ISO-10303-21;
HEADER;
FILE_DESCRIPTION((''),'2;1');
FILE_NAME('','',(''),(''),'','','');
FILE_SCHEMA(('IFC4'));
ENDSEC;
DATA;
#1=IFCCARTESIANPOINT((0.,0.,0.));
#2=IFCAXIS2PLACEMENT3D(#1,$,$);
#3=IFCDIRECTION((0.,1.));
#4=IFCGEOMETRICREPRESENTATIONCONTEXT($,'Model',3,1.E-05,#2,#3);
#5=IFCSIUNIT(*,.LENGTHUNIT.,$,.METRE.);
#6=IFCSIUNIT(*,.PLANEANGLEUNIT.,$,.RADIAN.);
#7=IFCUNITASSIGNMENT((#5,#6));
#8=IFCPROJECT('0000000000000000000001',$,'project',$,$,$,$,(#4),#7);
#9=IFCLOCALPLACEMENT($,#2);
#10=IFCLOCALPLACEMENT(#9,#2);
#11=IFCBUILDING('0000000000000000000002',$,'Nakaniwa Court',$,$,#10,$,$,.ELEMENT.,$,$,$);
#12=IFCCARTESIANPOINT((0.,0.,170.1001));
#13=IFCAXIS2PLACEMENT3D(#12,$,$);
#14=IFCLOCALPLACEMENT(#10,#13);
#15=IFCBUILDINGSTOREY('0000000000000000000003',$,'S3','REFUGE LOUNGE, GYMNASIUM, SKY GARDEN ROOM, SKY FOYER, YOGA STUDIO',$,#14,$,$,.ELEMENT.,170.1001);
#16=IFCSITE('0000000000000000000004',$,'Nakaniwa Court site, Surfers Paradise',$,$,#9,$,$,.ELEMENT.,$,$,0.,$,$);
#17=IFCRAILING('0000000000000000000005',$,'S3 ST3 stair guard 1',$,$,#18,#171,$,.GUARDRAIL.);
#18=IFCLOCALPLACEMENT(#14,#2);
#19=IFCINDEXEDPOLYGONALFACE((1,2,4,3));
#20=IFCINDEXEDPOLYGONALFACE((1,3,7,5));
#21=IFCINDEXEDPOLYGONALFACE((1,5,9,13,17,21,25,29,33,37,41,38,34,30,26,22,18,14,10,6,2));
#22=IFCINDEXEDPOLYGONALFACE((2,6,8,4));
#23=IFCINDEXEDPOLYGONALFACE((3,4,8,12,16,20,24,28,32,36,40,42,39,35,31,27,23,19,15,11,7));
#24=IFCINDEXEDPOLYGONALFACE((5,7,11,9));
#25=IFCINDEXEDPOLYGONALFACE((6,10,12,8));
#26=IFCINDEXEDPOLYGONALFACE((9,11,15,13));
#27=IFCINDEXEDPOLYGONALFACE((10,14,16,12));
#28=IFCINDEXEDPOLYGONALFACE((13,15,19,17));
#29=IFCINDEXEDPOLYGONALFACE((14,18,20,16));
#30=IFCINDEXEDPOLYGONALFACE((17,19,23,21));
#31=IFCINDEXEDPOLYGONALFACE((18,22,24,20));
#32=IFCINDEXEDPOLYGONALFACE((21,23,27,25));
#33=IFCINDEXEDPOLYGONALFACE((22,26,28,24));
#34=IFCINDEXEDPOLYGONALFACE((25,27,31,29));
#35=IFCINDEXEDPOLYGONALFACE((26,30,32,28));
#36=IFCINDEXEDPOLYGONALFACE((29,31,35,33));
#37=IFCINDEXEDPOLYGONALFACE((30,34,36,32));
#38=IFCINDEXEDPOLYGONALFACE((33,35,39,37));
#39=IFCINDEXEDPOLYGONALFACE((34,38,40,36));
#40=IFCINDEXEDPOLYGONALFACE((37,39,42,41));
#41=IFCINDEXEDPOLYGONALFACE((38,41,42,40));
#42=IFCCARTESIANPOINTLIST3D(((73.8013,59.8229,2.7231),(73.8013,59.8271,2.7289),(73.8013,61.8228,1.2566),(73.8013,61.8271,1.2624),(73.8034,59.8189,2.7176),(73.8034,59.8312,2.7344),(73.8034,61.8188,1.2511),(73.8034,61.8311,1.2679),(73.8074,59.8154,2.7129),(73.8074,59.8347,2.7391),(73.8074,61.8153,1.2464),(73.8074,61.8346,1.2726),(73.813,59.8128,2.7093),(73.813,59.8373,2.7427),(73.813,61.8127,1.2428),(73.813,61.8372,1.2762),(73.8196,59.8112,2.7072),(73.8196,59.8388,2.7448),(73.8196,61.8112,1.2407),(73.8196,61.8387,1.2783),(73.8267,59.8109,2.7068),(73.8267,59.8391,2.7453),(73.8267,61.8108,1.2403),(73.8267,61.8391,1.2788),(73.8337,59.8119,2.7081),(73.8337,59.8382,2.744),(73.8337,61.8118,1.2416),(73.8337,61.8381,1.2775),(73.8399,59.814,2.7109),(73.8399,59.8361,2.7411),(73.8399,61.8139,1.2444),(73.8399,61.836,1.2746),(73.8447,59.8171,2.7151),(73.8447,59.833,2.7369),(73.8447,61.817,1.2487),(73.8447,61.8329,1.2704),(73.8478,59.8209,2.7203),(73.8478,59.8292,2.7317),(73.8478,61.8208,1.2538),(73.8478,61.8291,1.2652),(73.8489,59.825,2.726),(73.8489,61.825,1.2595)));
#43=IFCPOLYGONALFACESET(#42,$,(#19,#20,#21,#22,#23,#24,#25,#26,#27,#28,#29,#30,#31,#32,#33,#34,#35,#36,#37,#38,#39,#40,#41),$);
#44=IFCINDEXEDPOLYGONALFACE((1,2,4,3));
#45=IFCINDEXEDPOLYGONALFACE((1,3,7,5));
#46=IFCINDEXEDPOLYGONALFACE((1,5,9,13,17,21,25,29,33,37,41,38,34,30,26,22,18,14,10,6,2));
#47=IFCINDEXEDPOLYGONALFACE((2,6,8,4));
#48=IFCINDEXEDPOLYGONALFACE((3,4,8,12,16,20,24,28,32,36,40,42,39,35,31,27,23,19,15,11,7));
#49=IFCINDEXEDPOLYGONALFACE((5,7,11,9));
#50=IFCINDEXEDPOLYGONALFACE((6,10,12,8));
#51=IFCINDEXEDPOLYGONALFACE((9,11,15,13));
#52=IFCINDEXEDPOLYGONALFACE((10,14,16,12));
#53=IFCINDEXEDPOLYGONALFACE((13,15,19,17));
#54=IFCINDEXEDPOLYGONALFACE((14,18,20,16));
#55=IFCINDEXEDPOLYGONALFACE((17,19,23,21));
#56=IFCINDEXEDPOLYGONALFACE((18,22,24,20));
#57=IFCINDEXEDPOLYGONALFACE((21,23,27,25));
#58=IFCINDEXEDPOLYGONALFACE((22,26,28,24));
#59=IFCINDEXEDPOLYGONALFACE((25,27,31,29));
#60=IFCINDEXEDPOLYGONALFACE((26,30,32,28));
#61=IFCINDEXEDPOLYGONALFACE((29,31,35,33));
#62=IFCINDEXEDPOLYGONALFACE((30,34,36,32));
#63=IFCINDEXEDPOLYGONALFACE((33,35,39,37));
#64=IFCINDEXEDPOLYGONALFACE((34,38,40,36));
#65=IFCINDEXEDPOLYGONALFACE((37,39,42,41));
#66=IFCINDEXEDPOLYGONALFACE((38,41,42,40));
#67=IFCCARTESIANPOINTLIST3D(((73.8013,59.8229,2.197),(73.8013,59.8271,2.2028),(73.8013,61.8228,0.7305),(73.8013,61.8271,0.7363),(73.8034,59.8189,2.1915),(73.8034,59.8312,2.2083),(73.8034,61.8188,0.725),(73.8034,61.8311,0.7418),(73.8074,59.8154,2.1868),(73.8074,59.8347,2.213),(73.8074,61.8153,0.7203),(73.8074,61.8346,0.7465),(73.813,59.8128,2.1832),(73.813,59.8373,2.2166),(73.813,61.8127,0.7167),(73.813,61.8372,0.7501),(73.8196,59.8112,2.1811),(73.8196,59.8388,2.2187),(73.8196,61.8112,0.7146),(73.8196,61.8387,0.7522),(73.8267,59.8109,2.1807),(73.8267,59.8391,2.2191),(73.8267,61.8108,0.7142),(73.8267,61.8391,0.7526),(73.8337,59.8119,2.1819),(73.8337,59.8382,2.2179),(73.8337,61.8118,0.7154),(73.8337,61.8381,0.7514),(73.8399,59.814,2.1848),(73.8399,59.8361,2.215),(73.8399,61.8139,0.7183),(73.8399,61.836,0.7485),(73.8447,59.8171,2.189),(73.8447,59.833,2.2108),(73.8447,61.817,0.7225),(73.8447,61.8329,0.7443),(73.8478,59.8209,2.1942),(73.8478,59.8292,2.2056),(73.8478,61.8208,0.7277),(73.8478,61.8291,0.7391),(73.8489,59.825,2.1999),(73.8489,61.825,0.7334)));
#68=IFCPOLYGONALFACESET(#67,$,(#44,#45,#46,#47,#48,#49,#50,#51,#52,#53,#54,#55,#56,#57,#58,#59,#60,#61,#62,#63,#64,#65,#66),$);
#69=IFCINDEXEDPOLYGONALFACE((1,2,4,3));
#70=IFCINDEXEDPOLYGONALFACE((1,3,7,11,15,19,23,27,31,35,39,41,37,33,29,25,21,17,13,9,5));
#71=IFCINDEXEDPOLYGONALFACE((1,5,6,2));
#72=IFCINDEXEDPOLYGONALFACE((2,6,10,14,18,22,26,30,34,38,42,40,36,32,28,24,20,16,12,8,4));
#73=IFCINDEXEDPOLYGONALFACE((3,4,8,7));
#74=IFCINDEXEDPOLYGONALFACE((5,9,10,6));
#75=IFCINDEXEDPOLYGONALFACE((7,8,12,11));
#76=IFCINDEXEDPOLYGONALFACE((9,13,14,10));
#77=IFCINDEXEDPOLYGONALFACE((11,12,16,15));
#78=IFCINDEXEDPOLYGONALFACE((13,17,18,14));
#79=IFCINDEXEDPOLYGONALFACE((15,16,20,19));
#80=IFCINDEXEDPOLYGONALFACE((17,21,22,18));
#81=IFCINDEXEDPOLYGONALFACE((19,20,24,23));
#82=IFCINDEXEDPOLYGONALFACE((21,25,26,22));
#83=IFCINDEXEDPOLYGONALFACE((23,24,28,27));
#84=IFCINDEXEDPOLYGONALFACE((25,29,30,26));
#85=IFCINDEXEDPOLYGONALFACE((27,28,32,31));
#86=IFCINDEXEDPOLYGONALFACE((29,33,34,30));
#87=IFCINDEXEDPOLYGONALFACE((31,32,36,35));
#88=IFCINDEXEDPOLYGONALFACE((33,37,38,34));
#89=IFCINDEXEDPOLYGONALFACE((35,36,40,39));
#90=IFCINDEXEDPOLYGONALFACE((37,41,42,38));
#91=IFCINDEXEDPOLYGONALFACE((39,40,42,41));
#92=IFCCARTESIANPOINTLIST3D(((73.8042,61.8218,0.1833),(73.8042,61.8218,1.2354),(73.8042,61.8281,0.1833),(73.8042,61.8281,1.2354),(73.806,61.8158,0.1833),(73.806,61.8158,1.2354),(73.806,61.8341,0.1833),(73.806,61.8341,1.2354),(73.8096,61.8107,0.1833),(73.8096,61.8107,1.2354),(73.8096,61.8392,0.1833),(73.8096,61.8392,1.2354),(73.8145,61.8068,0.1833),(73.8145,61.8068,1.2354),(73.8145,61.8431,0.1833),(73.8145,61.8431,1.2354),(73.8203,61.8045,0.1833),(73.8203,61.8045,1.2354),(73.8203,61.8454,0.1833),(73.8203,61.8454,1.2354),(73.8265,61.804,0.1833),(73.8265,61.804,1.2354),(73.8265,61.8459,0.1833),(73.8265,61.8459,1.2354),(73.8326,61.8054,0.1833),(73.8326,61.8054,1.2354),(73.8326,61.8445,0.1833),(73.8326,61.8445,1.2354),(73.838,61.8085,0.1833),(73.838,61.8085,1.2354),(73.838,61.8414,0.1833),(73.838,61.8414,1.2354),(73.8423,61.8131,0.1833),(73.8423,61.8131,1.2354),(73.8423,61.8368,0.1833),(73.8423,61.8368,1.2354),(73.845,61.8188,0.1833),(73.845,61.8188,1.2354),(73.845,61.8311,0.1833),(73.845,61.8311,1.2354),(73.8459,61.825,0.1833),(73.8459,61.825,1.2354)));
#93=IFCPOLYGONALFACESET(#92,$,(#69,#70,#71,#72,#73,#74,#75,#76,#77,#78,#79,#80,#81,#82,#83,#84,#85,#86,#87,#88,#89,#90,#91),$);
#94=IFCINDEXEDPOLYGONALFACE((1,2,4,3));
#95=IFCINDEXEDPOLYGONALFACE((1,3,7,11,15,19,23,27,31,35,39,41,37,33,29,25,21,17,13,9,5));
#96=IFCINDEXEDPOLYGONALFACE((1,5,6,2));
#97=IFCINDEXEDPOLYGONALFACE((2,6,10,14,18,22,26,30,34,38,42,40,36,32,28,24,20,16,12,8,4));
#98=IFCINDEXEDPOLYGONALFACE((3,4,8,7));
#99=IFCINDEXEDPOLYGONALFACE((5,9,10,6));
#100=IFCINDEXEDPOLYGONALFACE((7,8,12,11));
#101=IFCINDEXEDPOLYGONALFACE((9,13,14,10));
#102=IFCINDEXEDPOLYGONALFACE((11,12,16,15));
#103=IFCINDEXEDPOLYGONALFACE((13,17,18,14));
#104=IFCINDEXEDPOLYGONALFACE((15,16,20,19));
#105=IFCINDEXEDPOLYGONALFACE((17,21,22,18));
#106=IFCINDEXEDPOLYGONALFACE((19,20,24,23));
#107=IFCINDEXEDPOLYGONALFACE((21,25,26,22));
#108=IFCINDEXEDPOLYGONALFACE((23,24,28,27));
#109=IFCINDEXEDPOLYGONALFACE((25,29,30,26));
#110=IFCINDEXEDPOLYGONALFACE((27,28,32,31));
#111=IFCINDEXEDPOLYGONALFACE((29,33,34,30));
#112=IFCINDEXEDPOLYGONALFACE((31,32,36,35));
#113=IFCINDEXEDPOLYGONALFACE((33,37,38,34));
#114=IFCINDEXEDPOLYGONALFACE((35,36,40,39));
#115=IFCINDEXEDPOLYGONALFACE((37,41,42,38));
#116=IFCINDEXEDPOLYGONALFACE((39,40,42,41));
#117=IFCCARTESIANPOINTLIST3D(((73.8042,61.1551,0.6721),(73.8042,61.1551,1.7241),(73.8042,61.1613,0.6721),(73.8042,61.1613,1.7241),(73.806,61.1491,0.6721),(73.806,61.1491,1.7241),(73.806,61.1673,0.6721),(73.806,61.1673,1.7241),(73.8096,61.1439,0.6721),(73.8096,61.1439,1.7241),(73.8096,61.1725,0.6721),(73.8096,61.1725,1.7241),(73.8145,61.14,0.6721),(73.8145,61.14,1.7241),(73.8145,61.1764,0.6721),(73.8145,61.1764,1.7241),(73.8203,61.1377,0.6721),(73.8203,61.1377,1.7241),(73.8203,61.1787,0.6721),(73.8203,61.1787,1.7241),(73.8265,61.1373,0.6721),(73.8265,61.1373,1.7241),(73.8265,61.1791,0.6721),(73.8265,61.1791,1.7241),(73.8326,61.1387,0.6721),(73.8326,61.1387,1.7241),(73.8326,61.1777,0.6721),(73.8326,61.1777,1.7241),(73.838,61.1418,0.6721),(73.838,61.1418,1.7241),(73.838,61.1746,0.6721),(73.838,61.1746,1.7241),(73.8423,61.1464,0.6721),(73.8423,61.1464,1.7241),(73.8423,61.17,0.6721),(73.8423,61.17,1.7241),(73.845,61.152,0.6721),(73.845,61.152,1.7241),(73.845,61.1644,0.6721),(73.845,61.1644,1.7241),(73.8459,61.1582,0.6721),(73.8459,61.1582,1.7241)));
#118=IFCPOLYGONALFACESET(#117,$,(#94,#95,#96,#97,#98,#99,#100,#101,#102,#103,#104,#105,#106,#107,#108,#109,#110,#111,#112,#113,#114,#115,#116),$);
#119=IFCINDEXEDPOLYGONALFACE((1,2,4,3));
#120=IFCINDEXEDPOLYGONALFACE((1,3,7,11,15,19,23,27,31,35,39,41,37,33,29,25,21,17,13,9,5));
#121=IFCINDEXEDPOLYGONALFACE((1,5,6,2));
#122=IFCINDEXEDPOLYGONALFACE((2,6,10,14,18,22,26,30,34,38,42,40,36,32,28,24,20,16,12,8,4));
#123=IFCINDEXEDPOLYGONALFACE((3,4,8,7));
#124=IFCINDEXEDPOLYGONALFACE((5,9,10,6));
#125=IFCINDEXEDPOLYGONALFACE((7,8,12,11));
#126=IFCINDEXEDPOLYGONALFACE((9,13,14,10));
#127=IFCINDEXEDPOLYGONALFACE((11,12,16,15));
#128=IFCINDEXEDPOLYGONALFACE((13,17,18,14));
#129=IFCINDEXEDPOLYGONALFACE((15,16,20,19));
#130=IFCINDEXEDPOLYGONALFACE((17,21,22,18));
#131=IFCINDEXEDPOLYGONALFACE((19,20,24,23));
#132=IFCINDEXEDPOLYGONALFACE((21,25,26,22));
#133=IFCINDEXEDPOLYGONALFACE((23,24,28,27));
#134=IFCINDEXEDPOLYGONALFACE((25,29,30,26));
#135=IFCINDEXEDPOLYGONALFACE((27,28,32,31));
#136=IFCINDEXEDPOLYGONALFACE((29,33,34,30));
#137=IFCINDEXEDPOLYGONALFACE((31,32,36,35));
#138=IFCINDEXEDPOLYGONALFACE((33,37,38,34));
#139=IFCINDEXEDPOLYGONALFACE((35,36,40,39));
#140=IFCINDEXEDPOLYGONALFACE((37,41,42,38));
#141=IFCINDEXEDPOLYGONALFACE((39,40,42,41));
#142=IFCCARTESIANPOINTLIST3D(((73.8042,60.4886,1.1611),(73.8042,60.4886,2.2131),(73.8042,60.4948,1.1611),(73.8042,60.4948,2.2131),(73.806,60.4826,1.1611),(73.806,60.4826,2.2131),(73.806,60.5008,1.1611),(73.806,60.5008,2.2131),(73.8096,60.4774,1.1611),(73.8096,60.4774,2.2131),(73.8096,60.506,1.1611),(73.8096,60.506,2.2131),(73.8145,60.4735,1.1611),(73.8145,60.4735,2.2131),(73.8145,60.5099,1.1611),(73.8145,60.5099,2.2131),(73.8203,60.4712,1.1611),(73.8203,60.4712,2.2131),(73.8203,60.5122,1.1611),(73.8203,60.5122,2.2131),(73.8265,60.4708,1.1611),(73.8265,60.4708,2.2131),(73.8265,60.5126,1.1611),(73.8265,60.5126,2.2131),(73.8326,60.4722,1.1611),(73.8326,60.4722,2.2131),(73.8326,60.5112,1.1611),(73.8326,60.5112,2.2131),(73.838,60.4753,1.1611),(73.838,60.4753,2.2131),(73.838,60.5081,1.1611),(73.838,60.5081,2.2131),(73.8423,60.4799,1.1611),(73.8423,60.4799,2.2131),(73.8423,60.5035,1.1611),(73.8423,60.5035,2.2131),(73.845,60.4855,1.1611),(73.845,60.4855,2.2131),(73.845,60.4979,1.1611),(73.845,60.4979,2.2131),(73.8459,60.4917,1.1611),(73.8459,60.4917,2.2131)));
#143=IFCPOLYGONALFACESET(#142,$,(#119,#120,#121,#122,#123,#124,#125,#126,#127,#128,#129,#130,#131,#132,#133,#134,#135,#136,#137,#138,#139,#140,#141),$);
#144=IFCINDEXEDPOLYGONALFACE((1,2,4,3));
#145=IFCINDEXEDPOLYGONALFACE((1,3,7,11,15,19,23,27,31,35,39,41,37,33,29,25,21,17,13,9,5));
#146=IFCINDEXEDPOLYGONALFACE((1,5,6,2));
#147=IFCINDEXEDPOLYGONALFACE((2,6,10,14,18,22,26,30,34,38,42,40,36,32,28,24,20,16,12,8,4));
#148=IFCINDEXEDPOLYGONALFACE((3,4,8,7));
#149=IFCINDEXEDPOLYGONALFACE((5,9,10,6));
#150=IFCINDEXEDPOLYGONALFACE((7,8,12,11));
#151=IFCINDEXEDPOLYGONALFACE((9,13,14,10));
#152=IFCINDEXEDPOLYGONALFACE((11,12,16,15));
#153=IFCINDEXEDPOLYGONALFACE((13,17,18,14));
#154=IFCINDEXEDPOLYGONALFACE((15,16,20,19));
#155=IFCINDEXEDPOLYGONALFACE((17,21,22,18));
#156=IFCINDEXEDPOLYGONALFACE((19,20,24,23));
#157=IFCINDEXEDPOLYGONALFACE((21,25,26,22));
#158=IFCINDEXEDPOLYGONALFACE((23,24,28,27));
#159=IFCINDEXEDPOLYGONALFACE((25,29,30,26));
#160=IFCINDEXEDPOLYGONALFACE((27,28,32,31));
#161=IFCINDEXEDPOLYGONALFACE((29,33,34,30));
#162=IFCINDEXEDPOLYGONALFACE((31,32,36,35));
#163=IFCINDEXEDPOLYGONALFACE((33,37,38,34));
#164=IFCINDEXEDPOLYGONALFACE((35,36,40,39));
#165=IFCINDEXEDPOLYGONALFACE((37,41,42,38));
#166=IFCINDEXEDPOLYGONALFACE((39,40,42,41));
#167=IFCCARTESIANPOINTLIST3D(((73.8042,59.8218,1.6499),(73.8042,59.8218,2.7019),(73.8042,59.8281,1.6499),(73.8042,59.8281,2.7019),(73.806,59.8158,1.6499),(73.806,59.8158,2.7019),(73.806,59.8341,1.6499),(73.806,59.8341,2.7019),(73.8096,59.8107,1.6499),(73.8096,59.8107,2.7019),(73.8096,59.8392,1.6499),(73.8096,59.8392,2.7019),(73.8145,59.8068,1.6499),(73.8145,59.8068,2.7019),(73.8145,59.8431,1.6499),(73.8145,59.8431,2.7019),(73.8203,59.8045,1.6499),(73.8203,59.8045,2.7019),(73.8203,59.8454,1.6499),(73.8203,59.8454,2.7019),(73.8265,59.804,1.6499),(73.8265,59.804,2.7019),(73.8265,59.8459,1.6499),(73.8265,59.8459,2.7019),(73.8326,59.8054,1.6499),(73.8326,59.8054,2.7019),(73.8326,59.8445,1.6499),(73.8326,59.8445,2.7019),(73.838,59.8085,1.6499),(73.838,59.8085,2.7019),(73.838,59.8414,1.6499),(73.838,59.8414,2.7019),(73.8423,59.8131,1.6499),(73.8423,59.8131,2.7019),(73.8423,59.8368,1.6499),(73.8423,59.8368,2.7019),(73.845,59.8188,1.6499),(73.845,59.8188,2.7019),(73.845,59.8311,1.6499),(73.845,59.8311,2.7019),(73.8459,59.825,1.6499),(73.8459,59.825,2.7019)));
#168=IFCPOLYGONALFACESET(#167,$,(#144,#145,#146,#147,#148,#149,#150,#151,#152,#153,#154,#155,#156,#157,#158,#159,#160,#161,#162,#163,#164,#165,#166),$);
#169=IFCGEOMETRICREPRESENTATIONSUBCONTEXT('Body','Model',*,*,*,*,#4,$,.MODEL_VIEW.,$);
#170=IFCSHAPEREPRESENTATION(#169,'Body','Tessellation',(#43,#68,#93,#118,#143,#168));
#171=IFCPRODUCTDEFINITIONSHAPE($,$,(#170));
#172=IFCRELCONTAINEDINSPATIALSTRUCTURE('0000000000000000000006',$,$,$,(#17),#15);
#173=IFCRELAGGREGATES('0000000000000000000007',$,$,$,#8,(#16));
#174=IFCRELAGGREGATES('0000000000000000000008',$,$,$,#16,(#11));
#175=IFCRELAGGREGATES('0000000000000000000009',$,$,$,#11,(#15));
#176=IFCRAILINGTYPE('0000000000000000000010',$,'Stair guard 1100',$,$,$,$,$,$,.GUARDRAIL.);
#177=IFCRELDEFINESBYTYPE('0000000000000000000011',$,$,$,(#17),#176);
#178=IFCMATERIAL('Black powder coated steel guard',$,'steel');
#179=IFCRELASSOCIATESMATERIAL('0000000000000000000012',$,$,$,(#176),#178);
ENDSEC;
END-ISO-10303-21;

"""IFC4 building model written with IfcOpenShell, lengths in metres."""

from ifc_helpers import new_model, si_unit, direction, frame, origin, origin_2d, place, context, subcontext, project, spatial, circle, extrude, material, type_object, element, save


model = new_model("IFC4")

# Units and contexts
model_context = context("Model", 3, precision=1e-05, world=origin(), true_north=direction((0.0, 1.0)))
body_context = subcontext(model_context, "Body", "Model", "MODEL_VIEW")
ifc_project = project(units=[si_unit("LENGTHUNIT", "METRE"), si_unit("PLANEANGLEUNIT", "RADIAN")], contexts=[model_context])

# Site, building, storey
site_placement = place(None, origin())
site = spatial("IfcSite", under=ifc_project, at=site_placement, Name="Nakaniwa Court site, Surfers Paradise", CompositionType="ELEMENT", RefElevation=0.0)
building_placement = place(site_placement, origin())
building = spatial("IfcBuilding", under=site, at=building_placement, Name="Nakaniwa Court", CompositionType="ELEMENT")
storey_placement = place(building_placement, frame((0.0, 0.0, 170.1001)))
storey = spatial("IfcBuildingStorey", under=building, at=storey_placement, Name="S3", Description="REFUGE LOUNGE, GYMNASIUM, SKY GARDEN ROOM, SKY FOYER, YOGA STUDIO", CompositionType="ELEMENT", Elevation=170.1001)

# Railing
ifc_material_1 = material(Name="Black powder coated steel guard", Category="steel")
railing_type_1 = type_object("IfcRailingType", Name="Stair guard 1100", PredefinedType="GUARDRAIL", material=ifc_material_1)
railing_1_placement = place(storey_placement, frame((73.825, 61.825, 0.1833)))
element("IfcRailing", 1, at=railing_1_placement, inside=storey, type_object=railing_type_1, Name="S3 ST3 stair guard 1", PredefinedType="GUARDRAIL", context=body_context, shape_type="SweptSolid", body=[
    extrude(circle(Radius=0.0239, at=origin_2d()), frame((0.0, 0.0, 1.0762), z_axis=(0.0, -0.806427, 0.591334), x_axis=(1.0, 0.0, 0.0)), (0.0, 0.0, 1.0), 2.48),
    extrude(circle(Radius=0.0239, at=origin_2d()), frame((0.0, 0.0, 0.55), z_axis=(0.0, -0.806427, 0.591334), x_axis=(1.0, 0.0, 0.0)), (0.0, 0.0, 1.0), 2.48),
    extrude(circle(Radius=0.021, at=origin_2d()), origin(), (0.0, 0.0, 1.0), 1.052),
    extrude(circle(Radius=0.021, at=origin_2d()), frame((0.0, -0.6667, 0.4888)), (0.0, 0.0, 1.0), 1.052),
    extrude(circle(Radius=0.021, at=origin_2d()), frame((0.0, -1.3333, 0.9778)), (0.0, 0.0, 1.0), 1.052),
    extrude(circle(Radius=0.021, at=origin_2d()), frame((0.0, -2.0, 1.4666)), (0.0, 0.0, 1.0), 1.052),
])

save(model, "model.ifc")
